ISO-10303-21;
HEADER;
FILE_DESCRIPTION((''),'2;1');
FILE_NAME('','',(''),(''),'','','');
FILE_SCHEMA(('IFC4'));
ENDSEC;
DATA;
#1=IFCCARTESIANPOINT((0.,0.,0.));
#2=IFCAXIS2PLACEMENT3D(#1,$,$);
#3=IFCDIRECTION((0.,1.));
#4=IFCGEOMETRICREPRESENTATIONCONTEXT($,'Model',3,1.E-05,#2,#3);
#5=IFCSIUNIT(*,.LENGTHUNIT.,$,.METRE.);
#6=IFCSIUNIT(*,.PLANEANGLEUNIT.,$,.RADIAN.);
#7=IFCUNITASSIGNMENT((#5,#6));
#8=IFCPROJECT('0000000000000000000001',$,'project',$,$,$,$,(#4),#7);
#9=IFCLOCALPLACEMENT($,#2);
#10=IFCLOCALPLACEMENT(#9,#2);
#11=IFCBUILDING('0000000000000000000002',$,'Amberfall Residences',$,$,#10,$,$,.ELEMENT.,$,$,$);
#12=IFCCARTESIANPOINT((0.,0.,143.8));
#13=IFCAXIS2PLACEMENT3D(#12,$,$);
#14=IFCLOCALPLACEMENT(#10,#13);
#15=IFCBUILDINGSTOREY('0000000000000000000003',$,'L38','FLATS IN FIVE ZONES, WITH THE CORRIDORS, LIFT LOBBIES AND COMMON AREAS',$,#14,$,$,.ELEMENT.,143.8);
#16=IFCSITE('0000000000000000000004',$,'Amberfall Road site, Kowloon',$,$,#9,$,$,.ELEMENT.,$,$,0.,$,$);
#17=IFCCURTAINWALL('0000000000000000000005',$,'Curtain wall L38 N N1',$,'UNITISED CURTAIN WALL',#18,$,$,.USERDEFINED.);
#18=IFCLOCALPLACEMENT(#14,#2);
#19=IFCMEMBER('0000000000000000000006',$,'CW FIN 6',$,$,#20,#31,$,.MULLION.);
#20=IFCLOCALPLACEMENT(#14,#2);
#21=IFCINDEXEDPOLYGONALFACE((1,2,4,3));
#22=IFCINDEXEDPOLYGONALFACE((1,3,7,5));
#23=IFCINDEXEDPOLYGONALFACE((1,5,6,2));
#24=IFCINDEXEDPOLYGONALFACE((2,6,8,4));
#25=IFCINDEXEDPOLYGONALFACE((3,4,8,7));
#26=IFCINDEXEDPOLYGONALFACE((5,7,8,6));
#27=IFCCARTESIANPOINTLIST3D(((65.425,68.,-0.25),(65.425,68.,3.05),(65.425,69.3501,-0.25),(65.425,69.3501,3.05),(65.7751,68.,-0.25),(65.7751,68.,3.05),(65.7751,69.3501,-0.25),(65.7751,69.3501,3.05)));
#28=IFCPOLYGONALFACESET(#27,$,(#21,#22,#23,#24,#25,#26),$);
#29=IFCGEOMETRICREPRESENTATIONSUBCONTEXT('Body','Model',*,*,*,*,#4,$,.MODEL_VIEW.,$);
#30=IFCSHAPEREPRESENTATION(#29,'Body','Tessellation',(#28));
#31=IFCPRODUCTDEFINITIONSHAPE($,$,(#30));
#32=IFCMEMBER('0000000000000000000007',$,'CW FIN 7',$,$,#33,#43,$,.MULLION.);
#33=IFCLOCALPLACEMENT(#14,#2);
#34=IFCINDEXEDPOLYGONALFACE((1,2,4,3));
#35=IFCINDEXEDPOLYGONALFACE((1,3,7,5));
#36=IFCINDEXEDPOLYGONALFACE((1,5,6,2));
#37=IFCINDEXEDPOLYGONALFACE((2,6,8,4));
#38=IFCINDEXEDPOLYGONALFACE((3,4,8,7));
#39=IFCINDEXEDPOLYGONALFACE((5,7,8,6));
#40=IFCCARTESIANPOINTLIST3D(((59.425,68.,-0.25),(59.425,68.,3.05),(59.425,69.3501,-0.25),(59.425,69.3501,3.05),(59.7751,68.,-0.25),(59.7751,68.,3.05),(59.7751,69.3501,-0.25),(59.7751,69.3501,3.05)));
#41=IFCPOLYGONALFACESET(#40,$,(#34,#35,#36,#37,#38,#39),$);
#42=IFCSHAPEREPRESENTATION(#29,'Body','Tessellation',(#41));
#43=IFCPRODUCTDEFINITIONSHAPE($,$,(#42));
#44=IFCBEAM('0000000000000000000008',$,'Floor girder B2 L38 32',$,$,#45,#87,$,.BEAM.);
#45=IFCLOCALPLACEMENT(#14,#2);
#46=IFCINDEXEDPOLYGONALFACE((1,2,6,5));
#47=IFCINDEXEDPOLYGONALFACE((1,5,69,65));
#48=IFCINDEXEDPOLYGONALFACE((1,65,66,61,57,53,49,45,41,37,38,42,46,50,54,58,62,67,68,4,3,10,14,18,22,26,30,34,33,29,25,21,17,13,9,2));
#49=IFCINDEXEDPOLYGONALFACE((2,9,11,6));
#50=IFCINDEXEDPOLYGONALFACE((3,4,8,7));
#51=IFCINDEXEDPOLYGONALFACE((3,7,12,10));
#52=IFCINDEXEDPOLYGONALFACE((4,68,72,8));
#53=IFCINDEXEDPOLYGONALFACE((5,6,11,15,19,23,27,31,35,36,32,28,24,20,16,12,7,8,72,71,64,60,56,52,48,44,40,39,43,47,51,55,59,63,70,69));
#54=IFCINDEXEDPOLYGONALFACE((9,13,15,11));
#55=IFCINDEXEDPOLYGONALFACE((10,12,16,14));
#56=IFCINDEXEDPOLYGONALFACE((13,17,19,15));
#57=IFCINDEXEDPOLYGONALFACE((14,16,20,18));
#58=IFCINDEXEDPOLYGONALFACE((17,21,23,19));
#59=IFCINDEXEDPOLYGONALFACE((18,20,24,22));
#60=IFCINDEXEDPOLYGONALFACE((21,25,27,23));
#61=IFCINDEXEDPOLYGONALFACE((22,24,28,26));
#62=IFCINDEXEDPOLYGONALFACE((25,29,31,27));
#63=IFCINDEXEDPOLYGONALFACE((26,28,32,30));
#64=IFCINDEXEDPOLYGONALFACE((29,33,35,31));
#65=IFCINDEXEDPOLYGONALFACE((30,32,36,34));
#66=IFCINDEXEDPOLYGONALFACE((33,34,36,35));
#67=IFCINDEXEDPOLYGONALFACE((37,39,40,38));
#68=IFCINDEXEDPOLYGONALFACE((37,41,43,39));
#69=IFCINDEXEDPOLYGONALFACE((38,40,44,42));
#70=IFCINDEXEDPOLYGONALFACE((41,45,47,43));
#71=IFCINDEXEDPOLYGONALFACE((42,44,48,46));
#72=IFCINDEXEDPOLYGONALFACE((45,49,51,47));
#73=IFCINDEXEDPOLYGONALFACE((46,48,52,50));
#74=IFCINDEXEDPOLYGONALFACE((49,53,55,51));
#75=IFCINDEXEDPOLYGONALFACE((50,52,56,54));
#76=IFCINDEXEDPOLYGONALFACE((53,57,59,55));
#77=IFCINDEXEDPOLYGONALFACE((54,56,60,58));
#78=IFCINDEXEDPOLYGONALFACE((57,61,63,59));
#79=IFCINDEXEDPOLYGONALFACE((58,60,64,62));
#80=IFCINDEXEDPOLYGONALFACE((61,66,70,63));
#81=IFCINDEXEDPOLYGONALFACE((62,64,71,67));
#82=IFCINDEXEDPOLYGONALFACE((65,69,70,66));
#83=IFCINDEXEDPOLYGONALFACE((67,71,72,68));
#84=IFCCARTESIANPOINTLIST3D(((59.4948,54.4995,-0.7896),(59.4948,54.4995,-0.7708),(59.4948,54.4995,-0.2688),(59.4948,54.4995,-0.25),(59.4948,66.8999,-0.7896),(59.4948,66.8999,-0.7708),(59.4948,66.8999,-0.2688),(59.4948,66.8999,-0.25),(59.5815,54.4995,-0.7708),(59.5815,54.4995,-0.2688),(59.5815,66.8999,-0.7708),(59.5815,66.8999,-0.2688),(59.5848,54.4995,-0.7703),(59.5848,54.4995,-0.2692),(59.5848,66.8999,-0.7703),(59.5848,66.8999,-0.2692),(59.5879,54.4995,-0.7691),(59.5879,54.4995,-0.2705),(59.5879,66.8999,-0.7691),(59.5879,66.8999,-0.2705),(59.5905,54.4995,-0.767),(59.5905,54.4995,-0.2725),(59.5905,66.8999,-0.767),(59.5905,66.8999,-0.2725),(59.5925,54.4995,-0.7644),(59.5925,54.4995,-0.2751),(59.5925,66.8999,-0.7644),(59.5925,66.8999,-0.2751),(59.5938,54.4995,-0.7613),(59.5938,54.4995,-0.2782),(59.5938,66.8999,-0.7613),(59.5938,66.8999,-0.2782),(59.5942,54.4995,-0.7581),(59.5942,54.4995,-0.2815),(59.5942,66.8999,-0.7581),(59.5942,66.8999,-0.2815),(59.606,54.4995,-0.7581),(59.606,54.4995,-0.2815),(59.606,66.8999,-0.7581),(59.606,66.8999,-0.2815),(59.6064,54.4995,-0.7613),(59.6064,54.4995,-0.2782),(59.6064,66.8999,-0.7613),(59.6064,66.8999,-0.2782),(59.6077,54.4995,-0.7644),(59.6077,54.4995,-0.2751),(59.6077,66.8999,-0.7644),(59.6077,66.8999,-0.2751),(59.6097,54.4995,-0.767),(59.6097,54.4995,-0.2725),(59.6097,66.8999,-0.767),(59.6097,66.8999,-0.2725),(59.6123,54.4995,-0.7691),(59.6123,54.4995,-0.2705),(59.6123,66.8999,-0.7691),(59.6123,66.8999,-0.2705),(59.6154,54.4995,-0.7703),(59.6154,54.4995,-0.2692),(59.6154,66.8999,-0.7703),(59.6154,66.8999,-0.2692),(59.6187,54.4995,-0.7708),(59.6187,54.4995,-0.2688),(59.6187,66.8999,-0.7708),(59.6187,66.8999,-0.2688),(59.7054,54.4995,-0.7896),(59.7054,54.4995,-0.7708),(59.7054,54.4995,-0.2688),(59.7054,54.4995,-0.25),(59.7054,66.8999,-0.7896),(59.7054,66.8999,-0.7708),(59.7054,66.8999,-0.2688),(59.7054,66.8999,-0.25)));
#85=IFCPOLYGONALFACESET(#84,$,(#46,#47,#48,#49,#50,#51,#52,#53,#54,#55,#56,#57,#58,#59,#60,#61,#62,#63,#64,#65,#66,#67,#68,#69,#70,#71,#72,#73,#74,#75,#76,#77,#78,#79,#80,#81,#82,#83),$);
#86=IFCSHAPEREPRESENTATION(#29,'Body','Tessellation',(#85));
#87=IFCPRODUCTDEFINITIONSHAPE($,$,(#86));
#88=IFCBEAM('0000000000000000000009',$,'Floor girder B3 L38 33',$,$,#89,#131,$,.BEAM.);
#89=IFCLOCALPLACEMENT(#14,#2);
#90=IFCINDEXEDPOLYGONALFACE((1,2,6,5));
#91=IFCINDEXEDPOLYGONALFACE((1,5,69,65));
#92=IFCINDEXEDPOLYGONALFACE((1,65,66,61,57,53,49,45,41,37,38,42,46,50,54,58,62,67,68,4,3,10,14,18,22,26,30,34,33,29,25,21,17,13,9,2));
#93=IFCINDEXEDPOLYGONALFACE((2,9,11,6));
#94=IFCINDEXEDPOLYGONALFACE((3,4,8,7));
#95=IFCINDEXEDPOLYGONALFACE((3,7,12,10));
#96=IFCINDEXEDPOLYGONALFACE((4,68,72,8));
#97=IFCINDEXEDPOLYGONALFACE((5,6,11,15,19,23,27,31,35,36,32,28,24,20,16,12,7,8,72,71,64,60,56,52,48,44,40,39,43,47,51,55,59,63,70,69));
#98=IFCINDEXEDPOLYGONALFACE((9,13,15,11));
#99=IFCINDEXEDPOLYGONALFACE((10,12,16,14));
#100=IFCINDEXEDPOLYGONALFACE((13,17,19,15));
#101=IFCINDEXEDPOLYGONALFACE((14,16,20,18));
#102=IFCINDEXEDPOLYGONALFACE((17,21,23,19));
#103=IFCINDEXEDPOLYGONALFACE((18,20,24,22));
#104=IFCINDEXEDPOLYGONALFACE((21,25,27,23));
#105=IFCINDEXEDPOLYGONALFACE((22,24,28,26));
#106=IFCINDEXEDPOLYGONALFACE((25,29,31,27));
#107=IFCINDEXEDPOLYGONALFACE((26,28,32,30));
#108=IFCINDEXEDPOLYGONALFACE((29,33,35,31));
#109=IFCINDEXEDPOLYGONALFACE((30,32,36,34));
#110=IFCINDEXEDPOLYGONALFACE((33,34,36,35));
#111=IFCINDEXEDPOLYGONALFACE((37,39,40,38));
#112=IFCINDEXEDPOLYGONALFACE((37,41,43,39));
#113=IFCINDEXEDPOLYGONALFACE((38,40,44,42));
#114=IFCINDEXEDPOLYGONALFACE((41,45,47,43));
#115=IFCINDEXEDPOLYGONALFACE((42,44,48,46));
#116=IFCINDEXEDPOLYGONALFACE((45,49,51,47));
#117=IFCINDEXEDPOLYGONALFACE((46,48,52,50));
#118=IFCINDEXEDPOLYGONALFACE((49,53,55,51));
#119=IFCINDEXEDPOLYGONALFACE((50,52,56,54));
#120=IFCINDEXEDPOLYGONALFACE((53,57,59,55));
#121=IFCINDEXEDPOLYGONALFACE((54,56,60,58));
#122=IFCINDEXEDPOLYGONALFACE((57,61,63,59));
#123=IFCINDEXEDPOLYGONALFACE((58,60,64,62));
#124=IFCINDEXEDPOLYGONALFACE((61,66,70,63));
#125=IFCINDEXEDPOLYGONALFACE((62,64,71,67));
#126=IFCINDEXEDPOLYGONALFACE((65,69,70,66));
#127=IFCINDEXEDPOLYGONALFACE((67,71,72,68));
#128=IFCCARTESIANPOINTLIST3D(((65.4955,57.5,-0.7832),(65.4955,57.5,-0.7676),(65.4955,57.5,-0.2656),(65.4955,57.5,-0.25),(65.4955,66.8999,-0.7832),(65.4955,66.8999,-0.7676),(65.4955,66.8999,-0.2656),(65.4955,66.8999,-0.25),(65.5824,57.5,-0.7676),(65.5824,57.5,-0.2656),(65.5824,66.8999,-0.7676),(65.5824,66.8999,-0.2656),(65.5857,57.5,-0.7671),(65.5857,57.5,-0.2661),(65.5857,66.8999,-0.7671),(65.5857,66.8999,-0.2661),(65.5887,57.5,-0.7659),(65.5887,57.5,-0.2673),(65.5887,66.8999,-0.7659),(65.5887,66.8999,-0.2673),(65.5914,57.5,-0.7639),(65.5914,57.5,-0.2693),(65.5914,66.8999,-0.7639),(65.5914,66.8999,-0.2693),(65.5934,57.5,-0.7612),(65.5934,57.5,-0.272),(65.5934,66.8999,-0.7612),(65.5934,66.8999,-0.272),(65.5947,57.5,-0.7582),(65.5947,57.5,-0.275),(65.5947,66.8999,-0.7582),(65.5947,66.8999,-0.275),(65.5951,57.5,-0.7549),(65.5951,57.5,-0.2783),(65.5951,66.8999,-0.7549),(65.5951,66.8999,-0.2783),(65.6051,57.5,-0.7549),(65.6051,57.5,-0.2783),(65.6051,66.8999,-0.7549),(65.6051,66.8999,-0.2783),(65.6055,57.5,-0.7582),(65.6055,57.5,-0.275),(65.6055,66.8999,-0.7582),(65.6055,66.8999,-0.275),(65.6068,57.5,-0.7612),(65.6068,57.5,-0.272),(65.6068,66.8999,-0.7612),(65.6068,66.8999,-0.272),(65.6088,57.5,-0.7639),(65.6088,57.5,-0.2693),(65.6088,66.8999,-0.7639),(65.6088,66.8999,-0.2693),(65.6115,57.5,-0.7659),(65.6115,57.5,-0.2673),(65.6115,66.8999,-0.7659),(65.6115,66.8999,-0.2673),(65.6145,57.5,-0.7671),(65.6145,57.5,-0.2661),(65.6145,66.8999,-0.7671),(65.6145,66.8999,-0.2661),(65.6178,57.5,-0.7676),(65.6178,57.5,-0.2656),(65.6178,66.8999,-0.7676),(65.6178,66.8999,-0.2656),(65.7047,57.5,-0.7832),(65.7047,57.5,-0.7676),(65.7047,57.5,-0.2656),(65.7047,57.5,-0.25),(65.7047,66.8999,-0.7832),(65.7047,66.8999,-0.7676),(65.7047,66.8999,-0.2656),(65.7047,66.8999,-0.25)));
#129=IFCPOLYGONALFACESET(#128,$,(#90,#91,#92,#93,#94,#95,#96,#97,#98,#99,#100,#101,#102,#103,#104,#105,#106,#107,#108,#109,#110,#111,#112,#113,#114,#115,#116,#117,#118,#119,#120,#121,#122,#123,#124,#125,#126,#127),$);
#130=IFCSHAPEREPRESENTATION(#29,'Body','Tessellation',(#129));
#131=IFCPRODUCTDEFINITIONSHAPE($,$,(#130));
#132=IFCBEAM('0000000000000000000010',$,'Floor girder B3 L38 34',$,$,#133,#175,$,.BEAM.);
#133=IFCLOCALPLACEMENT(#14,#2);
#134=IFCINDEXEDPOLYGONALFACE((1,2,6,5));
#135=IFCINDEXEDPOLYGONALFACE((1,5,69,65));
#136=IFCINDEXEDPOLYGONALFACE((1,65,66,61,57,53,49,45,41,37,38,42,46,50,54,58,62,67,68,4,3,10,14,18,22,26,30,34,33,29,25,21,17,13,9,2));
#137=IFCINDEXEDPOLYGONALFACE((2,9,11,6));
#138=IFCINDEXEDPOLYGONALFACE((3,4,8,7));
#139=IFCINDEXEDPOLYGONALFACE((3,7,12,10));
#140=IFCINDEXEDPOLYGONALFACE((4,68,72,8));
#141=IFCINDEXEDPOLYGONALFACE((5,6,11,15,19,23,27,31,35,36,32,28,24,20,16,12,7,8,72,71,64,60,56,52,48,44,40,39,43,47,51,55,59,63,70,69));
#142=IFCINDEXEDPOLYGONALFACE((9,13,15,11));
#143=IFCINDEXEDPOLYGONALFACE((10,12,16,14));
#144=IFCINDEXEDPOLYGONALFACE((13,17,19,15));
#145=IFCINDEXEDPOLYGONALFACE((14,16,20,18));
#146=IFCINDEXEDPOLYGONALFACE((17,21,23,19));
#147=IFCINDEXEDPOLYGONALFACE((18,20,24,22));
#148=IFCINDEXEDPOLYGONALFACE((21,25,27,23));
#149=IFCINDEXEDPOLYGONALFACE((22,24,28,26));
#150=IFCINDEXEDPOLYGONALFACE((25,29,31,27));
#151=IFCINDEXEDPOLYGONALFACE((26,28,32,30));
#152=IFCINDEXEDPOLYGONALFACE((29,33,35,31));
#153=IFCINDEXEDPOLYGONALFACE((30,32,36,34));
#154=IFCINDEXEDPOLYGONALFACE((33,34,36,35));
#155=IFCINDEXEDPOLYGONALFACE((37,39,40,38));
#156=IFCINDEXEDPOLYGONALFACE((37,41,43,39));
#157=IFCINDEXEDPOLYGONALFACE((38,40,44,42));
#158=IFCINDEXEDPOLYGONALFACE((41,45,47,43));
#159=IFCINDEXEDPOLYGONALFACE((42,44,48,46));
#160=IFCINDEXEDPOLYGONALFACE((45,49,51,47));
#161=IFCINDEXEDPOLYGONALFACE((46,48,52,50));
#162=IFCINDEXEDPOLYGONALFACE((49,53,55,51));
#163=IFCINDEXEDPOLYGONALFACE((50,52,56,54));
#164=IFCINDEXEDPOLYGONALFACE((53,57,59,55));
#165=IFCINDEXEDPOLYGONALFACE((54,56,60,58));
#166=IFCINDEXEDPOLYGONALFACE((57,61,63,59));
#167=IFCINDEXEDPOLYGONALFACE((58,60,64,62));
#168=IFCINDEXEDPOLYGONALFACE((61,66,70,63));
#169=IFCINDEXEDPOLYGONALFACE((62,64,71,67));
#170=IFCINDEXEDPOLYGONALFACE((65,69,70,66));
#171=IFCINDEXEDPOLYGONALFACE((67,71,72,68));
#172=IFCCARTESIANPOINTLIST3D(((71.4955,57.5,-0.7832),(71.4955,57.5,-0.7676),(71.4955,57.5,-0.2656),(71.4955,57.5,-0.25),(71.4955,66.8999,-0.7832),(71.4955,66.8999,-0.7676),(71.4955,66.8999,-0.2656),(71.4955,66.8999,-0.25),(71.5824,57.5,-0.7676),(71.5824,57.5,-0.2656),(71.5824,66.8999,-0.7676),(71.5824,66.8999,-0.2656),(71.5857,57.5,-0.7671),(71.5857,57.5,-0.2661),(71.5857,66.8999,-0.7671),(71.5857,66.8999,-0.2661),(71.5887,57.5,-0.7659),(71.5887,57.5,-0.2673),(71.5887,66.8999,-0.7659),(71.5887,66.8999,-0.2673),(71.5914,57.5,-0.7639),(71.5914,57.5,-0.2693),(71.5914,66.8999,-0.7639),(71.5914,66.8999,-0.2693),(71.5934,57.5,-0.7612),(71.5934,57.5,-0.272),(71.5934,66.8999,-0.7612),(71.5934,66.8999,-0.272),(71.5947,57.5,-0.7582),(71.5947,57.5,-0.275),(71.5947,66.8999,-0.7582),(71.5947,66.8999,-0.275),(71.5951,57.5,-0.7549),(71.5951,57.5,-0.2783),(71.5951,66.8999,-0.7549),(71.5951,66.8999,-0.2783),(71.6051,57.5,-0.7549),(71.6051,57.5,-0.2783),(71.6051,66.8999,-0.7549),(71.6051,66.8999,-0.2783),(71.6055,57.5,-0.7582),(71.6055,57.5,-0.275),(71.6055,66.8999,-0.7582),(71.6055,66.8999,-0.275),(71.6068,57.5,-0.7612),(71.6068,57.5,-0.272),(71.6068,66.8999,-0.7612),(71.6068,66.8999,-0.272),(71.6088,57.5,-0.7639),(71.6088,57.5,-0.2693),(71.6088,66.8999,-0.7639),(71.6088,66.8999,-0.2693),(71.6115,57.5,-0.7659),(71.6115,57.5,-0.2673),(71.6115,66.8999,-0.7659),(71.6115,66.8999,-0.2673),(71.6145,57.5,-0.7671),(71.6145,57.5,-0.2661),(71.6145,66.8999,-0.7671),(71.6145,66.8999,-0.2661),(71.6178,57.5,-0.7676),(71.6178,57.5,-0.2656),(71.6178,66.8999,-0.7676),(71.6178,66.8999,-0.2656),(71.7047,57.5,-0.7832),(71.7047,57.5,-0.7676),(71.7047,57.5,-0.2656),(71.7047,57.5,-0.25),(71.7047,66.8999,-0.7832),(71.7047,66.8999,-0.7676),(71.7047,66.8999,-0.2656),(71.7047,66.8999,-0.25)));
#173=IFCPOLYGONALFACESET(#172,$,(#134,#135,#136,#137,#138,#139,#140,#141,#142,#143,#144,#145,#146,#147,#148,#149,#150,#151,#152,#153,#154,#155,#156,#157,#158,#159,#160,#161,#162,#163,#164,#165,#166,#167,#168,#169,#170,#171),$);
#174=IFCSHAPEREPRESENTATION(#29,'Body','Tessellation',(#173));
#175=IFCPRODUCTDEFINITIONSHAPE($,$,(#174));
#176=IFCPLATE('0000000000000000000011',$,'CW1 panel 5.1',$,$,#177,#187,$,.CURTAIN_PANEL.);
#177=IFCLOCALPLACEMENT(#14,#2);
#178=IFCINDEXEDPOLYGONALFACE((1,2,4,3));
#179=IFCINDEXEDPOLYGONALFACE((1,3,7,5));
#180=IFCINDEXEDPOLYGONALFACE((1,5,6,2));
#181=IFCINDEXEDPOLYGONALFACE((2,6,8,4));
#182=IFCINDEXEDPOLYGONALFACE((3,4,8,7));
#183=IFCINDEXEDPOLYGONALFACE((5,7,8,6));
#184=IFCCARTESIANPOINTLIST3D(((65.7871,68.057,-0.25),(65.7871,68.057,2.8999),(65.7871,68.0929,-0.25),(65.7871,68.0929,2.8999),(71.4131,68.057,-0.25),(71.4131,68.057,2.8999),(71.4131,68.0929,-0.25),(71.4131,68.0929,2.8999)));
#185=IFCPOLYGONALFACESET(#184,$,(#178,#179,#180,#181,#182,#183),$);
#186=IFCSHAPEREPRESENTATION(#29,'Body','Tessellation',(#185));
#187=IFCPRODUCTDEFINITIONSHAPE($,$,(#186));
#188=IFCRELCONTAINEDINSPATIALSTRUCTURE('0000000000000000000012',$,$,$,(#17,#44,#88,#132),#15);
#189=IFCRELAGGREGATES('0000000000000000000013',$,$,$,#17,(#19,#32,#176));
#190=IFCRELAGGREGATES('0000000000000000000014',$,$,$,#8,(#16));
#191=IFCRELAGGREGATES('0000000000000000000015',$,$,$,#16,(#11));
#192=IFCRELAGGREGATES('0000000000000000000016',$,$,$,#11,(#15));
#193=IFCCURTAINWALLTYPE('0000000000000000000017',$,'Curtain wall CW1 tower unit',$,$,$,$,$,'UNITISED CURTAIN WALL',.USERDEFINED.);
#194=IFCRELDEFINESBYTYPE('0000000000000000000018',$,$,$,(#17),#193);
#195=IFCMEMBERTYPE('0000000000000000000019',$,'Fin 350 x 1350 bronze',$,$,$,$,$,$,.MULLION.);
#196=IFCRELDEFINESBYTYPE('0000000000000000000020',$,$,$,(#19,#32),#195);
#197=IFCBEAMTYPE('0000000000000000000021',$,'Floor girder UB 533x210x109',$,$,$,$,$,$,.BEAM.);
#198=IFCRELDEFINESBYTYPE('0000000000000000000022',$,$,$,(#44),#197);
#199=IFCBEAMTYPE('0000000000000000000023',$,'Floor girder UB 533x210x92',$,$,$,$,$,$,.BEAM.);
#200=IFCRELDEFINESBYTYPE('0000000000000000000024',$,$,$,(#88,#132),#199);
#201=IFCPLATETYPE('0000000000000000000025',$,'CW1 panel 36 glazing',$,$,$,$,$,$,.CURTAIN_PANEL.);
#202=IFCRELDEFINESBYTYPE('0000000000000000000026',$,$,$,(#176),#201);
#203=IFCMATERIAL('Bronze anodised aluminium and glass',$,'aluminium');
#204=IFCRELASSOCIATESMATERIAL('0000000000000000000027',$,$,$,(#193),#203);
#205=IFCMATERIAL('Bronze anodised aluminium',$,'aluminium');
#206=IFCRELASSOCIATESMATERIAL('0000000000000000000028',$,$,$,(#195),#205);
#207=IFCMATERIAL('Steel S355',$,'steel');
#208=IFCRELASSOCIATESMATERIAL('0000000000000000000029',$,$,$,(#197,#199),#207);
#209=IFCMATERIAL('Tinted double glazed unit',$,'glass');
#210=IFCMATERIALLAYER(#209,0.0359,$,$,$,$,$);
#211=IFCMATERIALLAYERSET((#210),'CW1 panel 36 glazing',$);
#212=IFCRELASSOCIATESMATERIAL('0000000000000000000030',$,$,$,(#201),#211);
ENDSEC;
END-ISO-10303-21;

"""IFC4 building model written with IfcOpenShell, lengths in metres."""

from ifc_helpers import new_model, si_unit, direction, frame, origin, origin_2d, place, context, subcontext, project, spatial, rectangle, i_section, extrude, material, layer, layer_set, material_profile, profile_set, type_object, element, aggregate, save


model = new_model("IFC4")

# Units and contexts
model_context = context("Model", 3, precision=1e-05, world=origin(), true_north=direction((0.0, 1.0)))
body_context = subcontext(model_context, "Body", "Model", "MODEL_VIEW")
ifc_project = project(units=[si_unit("LENGTHUNIT", "METRE"), si_unit("PLANEANGLEUNIT", "RADIAN")], contexts=[model_context])

# Site, building, storey
site_placement = place(None, origin())
site = spatial("IfcSite", under=ifc_project, at=site_placement, Name="Amberfall Road site, Kowloon", CompositionType="ELEMENT", RefElevation=0.0)
building_placement = place(site_placement, origin())
building = spatial("IfcBuilding", under=site, at=building_placement, Name="Amberfall Residences", CompositionType="ELEMENT")
storey_placement = place(building_placement, frame((0.0, 0.0, 143.8)))
storey = spatial("IfcBuildingStorey", under=building, at=storey_placement, Name="L38", Description="FLATS IN FIVE ZONES, WITH THE CORRIDORS, LIFT LOBBIES AND COMMON AREAS", CompositionType="ELEMENT", Elevation=143.8)

# Curtain wall
ifc_material_1 = material(Name="Bronze anodised aluminium and glass", Category="aluminium")
curtain_wall_type = type_object("IfcCurtainWallType", Name="Curtain wall CW1 tower unit", ElementType="UNITISED CURTAIN WALL", PredefinedType="USERDEFINED", material=ifc_material_1)
curtain_wall_placement = place(storey_placement, origin())
curtain_wall = element("IfcCurtainWall", 1, at=curtain_wall_placement, inside=storey, type_object=curtain_wall_type, Name="Curtain wall L38 N N1", ObjectType="UNITISED CURTAIN WALL", PredefinedType="USERDEFINED")
ifc_material_2 = material(Name="Bronze anodised aluminium", Category="aluminium")

# Shared definitions
ifc_material_3 = material(Name="Steel S355", Category="steel")

# Members
ifc_material_profile_1 = material_profile(ifc_material_2, rectangle(XDim=1.3501, YDim=0.3501, at=origin_2d()), Name="Fin 350 x 1350 bronze")
ifc_profile_set_1 = profile_set([ifc_material_profile_1], Name="Bronze anodised aluminium")
member_type_1 = type_object("IfcMemberType", Name="Fin 350 x 1350 bronze", PredefinedType="MULLION", material=ifc_profile_set_1)
member_1_placement = place(storey_placement, frame((65.6001, 68.675, -0.25), z_axis=(0.0, 0.0, 1.0), x_axis=(0.0, -1.0, 0.0)))
member_1 = element("IfcMember", 2, at=member_1_placement, type_object=member_type_1, Name="CW FIN 6", PredefinedType="MULLION", context=body_context, shape_type="SweptSolid", body=[
    extrude(rectangle(XDim=1.3501, YDim=0.3501, at=origin_2d()), origin(), (0.0, 0.0, 1.0), 3.3),
])
member_2_placement = place(storey_placement, frame((59.6001, 68.675, -0.25), z_axis=(0.0, 0.0, 1.0), x_axis=(0.0, -1.0, 0.0)))
member_2 = element("IfcMember", 3, at=member_2_placement, type_object=member_type_1, Name="CW FIN 7", PredefinedType="MULLION", context=body_context, shape_type="SweptSolid", body=[
    extrude(rectangle(XDim=1.3501, YDim=0.3501, at=origin_2d()), origin(), (0.0, 0.0, 1.0), 3.3),
])

# Beams
ifc_material_profile_2 = material_profile(ifc_material_3, i_section(OverallWidth=0.2107, OverallDepth=0.5396, WebThickness=0.0117, FlangeThickness=0.0188, FilletRadius=0.0127, at=origin_2d()), Name="UB 533x210x109")
ifc_profile_set_2 = profile_set([ifc_material_profile_2], Name="Steel S355")
beam_type_1 = type_object("IfcBeamType", Name="Floor girder UB 533x210x109", PredefinedType="BEAM", material=ifc_profile_set_2)
beam_placement = place(storey_placement, frame((59.6001, 66.8999, -0.5198), z_axis=(0.0, -1.0, 0.0), x_axis=(1.0, 0.0, 0.0)))
element("IfcBeam", 4, at=beam_placement, inside=storey, type_object=beam_type_1, Name="Floor girder B2 L38 32", PredefinedType="BEAM", context=body_context, shape_type="SweptSolid", body=[
    extrude(i_section(OverallWidth=0.2107, OverallDepth=0.5396, WebThickness=0.0117, FlangeThickness=0.0188, FilletRadius=0.0127, at=origin_2d()), origin(), (0.0, 0.0, 1.0), 12.4004),
])
ifc_material_profile_3 = material_profile(ifc_material_3, i_section(OverallWidth=0.2092, OverallDepth=0.5332, WebThickness=0.01, FlangeThickness=0.0156, FilletRadius=0.0127, at=origin_2d()), Name="UB 533x210x92")
ifc_profile_set_3 = profile_set([ifc_material_profile_3], Name="Steel S355")
beam_type_2 = type_object("IfcBeamType", Name="Floor girder UB 533x210x92", PredefinedType="BEAM", material=ifc_profile_set_3)
for number, where, z_axis, x_axis, name in (
    (5, (65.6001, 66.8999, -0.5166), (0.0, -1.0, 0.0), (1.0, 0.0, 0.0), "Floor girder B3 L38 33"),
    (6, (71.6001, 66.8999, -0.5166), (0.0, -1.0, 0.0), (1.0, 0.0, 0.0), "Floor girder B3 L38 34"),
):
    element("IfcBeam", number, at=place(storey_placement, frame(where, z_axis=z_axis, x_axis=x_axis)), inside=storey, type_object=beam_type_2, Name=name, PredefinedType="BEAM", context=body_context, shape_type="SweptSolid", body=[
        extrude(i_section(OverallWidth=0.2092, OverallDepth=0.5332, WebThickness=0.01, FlangeThickness=0.0156, FilletRadius=0.0127, at=origin_2d()), origin(), (0.0, 0.0, 1.0), 9.3999),
    ])

# Plate
ifc_material_4 = material(Name="Tinted double glazed unit", Category="glass")
ifc_layer_1 = layer(ifc_material_4, 0.0359)
ifc_layer_set_1 = layer_set([ifc_layer_1], Name="CW1 panel 36 glazing")
plate_type = type_object("IfcPlateType", Name="CW1 panel 36 glazing", PredefinedType="CURTAIN_PANEL", material=ifc_layer_set_1)
plate_1_placement = place(storey_placement, frame((68.6001, 68.075, -0.25), z_axis=(0.0, 0.0, 1.0), x_axis=(-1.0, 0.0, 0.0)))
plate_1 = element("IfcPlate", 7, at=plate_1_placement, type_object=plate_type, Name="CW1 panel 5.1", PredefinedType="CURTAIN_PANEL", context=body_context, shape_type="SweptSolid", body=[
    extrude(rectangle(XDim=5.626, YDim=0.0359, at=origin_2d()), origin(), (0.0, 0.0, 1.0), 3.1499),
])
aggregate(curtain_wall, [member_1, member_2, plate_1])

save(model, "model.ifc")
